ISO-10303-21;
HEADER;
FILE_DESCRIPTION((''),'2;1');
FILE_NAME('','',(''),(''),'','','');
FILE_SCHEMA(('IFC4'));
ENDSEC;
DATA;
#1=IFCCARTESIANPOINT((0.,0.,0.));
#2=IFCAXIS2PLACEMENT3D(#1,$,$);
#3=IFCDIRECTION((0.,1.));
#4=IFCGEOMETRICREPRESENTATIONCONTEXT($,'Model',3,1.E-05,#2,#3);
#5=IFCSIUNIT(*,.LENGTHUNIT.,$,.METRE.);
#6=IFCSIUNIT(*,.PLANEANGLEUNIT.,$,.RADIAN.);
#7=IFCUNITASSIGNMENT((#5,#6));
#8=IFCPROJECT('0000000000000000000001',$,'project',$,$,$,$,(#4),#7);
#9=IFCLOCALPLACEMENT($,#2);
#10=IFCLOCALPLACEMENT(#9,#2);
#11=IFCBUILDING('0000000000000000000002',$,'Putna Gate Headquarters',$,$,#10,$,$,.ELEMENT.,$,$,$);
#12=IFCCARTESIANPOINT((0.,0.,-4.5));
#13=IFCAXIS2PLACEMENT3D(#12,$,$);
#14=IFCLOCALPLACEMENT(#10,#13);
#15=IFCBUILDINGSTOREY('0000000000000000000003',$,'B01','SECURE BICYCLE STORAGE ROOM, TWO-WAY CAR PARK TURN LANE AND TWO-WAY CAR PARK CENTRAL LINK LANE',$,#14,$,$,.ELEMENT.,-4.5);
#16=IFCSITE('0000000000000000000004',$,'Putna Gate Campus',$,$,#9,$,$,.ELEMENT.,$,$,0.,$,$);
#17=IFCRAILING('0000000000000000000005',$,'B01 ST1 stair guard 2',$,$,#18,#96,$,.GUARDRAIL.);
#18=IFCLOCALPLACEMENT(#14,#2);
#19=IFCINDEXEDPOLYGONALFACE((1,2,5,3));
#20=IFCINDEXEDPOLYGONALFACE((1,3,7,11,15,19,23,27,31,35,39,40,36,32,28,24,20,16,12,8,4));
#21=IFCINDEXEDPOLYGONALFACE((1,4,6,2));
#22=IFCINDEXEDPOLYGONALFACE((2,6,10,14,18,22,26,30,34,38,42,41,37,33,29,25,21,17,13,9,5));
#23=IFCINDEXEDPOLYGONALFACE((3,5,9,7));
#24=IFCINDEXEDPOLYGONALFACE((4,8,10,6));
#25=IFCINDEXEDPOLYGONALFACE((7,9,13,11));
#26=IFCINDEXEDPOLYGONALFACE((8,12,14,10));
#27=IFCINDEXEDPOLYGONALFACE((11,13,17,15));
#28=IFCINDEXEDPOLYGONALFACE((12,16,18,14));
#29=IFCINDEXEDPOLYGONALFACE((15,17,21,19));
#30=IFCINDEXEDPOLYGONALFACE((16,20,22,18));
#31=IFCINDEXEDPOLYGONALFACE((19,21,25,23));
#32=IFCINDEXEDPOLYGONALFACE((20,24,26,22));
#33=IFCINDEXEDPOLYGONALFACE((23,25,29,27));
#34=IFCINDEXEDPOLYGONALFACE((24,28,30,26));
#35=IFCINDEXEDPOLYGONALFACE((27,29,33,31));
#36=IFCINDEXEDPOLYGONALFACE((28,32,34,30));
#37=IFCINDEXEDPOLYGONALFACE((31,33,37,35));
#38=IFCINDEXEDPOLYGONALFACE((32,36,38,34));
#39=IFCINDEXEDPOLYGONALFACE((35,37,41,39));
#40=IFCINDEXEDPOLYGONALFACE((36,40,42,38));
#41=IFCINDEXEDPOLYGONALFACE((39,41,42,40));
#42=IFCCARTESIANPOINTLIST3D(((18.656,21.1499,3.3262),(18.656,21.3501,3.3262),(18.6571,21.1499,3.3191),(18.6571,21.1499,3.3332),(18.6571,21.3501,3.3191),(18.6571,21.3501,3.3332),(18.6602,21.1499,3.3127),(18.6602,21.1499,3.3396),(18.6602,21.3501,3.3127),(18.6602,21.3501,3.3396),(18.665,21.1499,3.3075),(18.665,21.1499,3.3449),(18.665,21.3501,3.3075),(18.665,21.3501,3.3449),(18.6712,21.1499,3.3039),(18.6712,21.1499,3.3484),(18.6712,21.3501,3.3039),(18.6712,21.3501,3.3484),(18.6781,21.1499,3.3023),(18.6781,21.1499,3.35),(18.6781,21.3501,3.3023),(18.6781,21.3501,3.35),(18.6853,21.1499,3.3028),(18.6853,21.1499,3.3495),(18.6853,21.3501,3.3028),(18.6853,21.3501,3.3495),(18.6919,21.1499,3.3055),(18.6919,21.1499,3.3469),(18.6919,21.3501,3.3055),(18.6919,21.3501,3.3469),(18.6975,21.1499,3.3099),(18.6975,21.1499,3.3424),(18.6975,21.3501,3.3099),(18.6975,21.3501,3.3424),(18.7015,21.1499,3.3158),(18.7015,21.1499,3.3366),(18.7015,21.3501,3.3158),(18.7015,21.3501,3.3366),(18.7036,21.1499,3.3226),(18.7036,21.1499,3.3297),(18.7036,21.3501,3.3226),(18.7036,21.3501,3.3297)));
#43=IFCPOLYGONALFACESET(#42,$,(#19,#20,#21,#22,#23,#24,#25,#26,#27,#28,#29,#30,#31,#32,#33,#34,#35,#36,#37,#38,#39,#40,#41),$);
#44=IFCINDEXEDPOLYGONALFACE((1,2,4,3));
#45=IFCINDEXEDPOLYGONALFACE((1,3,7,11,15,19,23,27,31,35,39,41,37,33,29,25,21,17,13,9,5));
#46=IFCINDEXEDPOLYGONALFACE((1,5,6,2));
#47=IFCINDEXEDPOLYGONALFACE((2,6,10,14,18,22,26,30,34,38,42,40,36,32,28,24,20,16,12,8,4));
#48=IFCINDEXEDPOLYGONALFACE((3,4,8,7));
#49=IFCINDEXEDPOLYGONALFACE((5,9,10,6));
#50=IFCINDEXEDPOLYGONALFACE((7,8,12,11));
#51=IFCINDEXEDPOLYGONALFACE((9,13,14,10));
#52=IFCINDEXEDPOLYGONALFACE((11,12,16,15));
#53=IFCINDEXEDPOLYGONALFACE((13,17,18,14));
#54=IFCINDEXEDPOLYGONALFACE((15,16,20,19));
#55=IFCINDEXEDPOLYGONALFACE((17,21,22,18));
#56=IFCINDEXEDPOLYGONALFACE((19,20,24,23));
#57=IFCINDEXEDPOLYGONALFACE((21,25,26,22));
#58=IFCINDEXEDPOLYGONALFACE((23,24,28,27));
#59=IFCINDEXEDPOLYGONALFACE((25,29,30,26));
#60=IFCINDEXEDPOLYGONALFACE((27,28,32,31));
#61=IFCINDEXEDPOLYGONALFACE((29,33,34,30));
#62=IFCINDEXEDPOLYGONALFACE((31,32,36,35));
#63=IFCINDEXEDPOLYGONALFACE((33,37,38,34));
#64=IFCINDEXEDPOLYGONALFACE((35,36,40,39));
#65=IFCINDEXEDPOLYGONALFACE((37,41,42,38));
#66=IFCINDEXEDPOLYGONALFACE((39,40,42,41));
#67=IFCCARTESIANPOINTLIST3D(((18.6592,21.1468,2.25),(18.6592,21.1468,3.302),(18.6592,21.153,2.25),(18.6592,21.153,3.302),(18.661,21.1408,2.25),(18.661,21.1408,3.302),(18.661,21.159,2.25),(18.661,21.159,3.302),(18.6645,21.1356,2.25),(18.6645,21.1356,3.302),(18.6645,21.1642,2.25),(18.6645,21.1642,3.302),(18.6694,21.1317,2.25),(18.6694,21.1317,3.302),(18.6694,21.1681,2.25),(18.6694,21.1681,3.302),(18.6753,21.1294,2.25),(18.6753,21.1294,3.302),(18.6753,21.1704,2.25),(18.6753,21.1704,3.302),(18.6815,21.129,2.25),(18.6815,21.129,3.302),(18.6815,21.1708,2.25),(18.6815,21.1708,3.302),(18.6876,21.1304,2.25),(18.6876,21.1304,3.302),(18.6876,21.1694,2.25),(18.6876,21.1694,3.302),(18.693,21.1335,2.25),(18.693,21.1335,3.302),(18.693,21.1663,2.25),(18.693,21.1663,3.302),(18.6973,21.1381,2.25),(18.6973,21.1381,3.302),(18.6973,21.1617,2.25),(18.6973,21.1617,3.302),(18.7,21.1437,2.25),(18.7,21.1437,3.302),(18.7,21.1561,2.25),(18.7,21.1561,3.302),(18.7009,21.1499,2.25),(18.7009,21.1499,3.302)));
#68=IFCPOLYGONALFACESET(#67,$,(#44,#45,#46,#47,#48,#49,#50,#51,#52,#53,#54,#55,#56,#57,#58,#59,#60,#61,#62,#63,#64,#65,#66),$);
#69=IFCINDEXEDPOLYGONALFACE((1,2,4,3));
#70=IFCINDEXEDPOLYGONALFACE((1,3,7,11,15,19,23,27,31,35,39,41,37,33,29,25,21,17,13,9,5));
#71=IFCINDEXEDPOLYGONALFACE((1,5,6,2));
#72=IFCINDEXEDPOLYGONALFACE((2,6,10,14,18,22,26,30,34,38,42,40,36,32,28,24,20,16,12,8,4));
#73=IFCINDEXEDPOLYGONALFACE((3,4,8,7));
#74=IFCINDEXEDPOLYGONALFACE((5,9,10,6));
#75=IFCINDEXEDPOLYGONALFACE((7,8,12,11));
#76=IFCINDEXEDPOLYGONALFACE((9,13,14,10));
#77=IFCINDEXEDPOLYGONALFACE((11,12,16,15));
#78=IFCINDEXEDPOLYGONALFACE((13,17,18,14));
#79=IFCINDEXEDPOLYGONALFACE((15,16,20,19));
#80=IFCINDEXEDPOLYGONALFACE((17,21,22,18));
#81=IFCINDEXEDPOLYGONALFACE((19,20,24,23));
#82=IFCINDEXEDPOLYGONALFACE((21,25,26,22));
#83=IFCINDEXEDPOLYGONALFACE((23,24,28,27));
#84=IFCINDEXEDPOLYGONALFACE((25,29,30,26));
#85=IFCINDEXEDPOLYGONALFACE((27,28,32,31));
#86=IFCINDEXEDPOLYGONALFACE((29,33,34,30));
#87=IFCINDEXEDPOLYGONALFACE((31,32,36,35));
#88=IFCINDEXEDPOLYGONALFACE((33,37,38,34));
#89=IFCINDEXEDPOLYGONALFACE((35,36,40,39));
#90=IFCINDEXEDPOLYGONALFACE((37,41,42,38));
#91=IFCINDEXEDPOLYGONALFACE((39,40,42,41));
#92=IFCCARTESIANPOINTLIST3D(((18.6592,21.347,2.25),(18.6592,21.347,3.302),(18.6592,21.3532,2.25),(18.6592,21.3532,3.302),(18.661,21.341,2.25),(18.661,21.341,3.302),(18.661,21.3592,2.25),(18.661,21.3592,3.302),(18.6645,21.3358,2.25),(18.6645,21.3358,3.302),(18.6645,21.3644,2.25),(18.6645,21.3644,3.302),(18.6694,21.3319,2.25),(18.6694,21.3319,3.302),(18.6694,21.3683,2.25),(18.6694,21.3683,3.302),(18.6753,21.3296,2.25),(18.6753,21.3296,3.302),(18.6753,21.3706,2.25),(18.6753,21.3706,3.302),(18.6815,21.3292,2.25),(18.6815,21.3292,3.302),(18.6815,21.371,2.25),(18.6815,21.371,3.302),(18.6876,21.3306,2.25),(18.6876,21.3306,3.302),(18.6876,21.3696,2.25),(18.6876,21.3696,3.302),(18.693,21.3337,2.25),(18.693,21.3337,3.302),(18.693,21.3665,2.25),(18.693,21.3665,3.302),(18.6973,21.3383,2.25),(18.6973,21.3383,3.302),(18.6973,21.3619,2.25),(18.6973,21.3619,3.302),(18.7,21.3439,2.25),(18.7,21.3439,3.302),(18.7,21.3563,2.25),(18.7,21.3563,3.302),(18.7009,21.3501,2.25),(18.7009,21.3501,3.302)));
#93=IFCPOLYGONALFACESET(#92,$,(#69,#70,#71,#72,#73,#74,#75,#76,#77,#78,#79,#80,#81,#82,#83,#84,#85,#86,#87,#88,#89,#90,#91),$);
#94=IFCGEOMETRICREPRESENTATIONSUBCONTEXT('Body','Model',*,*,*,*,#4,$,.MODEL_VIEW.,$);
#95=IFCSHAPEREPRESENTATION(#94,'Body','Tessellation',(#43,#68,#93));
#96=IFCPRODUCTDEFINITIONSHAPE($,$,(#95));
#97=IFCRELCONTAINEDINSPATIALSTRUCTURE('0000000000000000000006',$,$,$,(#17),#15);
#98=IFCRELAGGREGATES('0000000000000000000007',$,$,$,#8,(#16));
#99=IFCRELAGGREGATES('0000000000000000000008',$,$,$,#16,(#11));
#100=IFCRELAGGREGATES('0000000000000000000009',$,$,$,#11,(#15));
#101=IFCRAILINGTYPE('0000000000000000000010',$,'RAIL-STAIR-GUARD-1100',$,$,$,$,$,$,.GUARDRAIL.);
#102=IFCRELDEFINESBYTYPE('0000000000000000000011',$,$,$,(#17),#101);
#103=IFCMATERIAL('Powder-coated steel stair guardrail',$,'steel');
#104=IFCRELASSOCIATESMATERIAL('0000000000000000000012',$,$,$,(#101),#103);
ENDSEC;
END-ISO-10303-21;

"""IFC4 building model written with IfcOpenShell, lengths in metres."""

from ifc_helpers import new_model, si_unit, direction, frame, origin, origin_2d, place, context, subcontext, project, spatial, circle, extrude, material, type_object, element, save


model = new_model("IFC4")

# Units and contexts
model_context = context("Model", 3, precision=1e-05, world=origin(), true_north=direction((0.0, 1.0)))
body_context = subcontext(model_context, "Body", "Model", "MODEL_VIEW")
ifc_project = project(units=[si_unit("LENGTHUNIT", "METRE"), si_unit("PLANEANGLEUNIT", "RADIAN")], contexts=[model_context])

# Site, building, storey
site_placement = place(None, origin())
site = spatial("IfcSite", under=ifc_project, at=site_placement, Name="Putna Gate Campus", CompositionType="ELEMENT", RefElevation=0.0)
building_placement = place(site_placement, origin())
building = spatial("IfcBuilding", under=site, at=building_placement, Name="Putna Gate Headquarters", CompositionType="ELEMENT")
storey_placement = place(building_placement, frame((0.0, 0.0, -4.5)))
storey = spatial("IfcBuildingStorey", under=building, at=storey_placement, Name="B01", Description="SECURE BICYCLE STORAGE ROOM, TWO-WAY CAR PARK TURN LANE AND TWO-WAY CAR PARK CENTRAL LINK LANE", CompositionType="ELEMENT", Elevation=-4.5)

# Railing
ifc_material_1 = material(Name="Powder-coated steel stair guardrail", Category="steel")
railing_type_1 = type_object("IfcRailingType", Name="RAIL-STAIR-GUARD-1100", PredefinedType="GUARDRAIL", material=ifc_material_1)
railing_1_placement = place(storey_placement, frame((18.6799, 21.1499, 2.25)))
element("IfcRailing", 1, at=railing_1_placement, inside=storey, type_object=railing_type_1, Name="B01 ST1 stair guard 2", PredefinedType="GUARDRAIL", context=body_context, shape_type="SweptSolid", body=[
    extrude(circle(Radius=0.0239, at=origin_2d()), frame((0.0, 0.0, 1.0762), z_axis=(0.0, 1.0, 0.0), x_axis=(-1.0, 0.0, 0.0)), (0.0, 0.0, 1.0), 0.2002),
    extrude(circle(Radius=0.021, at=origin_2d()), origin(), (0.0, 0.0, 1.0), 1.052),
    extrude(circle(Radius=0.021, at=origin_2d()), frame((0.0, 0.2002, 0.0)), (0.0, 0.0, 1.0), 1.052),
])

save(model, "model.ifc")
